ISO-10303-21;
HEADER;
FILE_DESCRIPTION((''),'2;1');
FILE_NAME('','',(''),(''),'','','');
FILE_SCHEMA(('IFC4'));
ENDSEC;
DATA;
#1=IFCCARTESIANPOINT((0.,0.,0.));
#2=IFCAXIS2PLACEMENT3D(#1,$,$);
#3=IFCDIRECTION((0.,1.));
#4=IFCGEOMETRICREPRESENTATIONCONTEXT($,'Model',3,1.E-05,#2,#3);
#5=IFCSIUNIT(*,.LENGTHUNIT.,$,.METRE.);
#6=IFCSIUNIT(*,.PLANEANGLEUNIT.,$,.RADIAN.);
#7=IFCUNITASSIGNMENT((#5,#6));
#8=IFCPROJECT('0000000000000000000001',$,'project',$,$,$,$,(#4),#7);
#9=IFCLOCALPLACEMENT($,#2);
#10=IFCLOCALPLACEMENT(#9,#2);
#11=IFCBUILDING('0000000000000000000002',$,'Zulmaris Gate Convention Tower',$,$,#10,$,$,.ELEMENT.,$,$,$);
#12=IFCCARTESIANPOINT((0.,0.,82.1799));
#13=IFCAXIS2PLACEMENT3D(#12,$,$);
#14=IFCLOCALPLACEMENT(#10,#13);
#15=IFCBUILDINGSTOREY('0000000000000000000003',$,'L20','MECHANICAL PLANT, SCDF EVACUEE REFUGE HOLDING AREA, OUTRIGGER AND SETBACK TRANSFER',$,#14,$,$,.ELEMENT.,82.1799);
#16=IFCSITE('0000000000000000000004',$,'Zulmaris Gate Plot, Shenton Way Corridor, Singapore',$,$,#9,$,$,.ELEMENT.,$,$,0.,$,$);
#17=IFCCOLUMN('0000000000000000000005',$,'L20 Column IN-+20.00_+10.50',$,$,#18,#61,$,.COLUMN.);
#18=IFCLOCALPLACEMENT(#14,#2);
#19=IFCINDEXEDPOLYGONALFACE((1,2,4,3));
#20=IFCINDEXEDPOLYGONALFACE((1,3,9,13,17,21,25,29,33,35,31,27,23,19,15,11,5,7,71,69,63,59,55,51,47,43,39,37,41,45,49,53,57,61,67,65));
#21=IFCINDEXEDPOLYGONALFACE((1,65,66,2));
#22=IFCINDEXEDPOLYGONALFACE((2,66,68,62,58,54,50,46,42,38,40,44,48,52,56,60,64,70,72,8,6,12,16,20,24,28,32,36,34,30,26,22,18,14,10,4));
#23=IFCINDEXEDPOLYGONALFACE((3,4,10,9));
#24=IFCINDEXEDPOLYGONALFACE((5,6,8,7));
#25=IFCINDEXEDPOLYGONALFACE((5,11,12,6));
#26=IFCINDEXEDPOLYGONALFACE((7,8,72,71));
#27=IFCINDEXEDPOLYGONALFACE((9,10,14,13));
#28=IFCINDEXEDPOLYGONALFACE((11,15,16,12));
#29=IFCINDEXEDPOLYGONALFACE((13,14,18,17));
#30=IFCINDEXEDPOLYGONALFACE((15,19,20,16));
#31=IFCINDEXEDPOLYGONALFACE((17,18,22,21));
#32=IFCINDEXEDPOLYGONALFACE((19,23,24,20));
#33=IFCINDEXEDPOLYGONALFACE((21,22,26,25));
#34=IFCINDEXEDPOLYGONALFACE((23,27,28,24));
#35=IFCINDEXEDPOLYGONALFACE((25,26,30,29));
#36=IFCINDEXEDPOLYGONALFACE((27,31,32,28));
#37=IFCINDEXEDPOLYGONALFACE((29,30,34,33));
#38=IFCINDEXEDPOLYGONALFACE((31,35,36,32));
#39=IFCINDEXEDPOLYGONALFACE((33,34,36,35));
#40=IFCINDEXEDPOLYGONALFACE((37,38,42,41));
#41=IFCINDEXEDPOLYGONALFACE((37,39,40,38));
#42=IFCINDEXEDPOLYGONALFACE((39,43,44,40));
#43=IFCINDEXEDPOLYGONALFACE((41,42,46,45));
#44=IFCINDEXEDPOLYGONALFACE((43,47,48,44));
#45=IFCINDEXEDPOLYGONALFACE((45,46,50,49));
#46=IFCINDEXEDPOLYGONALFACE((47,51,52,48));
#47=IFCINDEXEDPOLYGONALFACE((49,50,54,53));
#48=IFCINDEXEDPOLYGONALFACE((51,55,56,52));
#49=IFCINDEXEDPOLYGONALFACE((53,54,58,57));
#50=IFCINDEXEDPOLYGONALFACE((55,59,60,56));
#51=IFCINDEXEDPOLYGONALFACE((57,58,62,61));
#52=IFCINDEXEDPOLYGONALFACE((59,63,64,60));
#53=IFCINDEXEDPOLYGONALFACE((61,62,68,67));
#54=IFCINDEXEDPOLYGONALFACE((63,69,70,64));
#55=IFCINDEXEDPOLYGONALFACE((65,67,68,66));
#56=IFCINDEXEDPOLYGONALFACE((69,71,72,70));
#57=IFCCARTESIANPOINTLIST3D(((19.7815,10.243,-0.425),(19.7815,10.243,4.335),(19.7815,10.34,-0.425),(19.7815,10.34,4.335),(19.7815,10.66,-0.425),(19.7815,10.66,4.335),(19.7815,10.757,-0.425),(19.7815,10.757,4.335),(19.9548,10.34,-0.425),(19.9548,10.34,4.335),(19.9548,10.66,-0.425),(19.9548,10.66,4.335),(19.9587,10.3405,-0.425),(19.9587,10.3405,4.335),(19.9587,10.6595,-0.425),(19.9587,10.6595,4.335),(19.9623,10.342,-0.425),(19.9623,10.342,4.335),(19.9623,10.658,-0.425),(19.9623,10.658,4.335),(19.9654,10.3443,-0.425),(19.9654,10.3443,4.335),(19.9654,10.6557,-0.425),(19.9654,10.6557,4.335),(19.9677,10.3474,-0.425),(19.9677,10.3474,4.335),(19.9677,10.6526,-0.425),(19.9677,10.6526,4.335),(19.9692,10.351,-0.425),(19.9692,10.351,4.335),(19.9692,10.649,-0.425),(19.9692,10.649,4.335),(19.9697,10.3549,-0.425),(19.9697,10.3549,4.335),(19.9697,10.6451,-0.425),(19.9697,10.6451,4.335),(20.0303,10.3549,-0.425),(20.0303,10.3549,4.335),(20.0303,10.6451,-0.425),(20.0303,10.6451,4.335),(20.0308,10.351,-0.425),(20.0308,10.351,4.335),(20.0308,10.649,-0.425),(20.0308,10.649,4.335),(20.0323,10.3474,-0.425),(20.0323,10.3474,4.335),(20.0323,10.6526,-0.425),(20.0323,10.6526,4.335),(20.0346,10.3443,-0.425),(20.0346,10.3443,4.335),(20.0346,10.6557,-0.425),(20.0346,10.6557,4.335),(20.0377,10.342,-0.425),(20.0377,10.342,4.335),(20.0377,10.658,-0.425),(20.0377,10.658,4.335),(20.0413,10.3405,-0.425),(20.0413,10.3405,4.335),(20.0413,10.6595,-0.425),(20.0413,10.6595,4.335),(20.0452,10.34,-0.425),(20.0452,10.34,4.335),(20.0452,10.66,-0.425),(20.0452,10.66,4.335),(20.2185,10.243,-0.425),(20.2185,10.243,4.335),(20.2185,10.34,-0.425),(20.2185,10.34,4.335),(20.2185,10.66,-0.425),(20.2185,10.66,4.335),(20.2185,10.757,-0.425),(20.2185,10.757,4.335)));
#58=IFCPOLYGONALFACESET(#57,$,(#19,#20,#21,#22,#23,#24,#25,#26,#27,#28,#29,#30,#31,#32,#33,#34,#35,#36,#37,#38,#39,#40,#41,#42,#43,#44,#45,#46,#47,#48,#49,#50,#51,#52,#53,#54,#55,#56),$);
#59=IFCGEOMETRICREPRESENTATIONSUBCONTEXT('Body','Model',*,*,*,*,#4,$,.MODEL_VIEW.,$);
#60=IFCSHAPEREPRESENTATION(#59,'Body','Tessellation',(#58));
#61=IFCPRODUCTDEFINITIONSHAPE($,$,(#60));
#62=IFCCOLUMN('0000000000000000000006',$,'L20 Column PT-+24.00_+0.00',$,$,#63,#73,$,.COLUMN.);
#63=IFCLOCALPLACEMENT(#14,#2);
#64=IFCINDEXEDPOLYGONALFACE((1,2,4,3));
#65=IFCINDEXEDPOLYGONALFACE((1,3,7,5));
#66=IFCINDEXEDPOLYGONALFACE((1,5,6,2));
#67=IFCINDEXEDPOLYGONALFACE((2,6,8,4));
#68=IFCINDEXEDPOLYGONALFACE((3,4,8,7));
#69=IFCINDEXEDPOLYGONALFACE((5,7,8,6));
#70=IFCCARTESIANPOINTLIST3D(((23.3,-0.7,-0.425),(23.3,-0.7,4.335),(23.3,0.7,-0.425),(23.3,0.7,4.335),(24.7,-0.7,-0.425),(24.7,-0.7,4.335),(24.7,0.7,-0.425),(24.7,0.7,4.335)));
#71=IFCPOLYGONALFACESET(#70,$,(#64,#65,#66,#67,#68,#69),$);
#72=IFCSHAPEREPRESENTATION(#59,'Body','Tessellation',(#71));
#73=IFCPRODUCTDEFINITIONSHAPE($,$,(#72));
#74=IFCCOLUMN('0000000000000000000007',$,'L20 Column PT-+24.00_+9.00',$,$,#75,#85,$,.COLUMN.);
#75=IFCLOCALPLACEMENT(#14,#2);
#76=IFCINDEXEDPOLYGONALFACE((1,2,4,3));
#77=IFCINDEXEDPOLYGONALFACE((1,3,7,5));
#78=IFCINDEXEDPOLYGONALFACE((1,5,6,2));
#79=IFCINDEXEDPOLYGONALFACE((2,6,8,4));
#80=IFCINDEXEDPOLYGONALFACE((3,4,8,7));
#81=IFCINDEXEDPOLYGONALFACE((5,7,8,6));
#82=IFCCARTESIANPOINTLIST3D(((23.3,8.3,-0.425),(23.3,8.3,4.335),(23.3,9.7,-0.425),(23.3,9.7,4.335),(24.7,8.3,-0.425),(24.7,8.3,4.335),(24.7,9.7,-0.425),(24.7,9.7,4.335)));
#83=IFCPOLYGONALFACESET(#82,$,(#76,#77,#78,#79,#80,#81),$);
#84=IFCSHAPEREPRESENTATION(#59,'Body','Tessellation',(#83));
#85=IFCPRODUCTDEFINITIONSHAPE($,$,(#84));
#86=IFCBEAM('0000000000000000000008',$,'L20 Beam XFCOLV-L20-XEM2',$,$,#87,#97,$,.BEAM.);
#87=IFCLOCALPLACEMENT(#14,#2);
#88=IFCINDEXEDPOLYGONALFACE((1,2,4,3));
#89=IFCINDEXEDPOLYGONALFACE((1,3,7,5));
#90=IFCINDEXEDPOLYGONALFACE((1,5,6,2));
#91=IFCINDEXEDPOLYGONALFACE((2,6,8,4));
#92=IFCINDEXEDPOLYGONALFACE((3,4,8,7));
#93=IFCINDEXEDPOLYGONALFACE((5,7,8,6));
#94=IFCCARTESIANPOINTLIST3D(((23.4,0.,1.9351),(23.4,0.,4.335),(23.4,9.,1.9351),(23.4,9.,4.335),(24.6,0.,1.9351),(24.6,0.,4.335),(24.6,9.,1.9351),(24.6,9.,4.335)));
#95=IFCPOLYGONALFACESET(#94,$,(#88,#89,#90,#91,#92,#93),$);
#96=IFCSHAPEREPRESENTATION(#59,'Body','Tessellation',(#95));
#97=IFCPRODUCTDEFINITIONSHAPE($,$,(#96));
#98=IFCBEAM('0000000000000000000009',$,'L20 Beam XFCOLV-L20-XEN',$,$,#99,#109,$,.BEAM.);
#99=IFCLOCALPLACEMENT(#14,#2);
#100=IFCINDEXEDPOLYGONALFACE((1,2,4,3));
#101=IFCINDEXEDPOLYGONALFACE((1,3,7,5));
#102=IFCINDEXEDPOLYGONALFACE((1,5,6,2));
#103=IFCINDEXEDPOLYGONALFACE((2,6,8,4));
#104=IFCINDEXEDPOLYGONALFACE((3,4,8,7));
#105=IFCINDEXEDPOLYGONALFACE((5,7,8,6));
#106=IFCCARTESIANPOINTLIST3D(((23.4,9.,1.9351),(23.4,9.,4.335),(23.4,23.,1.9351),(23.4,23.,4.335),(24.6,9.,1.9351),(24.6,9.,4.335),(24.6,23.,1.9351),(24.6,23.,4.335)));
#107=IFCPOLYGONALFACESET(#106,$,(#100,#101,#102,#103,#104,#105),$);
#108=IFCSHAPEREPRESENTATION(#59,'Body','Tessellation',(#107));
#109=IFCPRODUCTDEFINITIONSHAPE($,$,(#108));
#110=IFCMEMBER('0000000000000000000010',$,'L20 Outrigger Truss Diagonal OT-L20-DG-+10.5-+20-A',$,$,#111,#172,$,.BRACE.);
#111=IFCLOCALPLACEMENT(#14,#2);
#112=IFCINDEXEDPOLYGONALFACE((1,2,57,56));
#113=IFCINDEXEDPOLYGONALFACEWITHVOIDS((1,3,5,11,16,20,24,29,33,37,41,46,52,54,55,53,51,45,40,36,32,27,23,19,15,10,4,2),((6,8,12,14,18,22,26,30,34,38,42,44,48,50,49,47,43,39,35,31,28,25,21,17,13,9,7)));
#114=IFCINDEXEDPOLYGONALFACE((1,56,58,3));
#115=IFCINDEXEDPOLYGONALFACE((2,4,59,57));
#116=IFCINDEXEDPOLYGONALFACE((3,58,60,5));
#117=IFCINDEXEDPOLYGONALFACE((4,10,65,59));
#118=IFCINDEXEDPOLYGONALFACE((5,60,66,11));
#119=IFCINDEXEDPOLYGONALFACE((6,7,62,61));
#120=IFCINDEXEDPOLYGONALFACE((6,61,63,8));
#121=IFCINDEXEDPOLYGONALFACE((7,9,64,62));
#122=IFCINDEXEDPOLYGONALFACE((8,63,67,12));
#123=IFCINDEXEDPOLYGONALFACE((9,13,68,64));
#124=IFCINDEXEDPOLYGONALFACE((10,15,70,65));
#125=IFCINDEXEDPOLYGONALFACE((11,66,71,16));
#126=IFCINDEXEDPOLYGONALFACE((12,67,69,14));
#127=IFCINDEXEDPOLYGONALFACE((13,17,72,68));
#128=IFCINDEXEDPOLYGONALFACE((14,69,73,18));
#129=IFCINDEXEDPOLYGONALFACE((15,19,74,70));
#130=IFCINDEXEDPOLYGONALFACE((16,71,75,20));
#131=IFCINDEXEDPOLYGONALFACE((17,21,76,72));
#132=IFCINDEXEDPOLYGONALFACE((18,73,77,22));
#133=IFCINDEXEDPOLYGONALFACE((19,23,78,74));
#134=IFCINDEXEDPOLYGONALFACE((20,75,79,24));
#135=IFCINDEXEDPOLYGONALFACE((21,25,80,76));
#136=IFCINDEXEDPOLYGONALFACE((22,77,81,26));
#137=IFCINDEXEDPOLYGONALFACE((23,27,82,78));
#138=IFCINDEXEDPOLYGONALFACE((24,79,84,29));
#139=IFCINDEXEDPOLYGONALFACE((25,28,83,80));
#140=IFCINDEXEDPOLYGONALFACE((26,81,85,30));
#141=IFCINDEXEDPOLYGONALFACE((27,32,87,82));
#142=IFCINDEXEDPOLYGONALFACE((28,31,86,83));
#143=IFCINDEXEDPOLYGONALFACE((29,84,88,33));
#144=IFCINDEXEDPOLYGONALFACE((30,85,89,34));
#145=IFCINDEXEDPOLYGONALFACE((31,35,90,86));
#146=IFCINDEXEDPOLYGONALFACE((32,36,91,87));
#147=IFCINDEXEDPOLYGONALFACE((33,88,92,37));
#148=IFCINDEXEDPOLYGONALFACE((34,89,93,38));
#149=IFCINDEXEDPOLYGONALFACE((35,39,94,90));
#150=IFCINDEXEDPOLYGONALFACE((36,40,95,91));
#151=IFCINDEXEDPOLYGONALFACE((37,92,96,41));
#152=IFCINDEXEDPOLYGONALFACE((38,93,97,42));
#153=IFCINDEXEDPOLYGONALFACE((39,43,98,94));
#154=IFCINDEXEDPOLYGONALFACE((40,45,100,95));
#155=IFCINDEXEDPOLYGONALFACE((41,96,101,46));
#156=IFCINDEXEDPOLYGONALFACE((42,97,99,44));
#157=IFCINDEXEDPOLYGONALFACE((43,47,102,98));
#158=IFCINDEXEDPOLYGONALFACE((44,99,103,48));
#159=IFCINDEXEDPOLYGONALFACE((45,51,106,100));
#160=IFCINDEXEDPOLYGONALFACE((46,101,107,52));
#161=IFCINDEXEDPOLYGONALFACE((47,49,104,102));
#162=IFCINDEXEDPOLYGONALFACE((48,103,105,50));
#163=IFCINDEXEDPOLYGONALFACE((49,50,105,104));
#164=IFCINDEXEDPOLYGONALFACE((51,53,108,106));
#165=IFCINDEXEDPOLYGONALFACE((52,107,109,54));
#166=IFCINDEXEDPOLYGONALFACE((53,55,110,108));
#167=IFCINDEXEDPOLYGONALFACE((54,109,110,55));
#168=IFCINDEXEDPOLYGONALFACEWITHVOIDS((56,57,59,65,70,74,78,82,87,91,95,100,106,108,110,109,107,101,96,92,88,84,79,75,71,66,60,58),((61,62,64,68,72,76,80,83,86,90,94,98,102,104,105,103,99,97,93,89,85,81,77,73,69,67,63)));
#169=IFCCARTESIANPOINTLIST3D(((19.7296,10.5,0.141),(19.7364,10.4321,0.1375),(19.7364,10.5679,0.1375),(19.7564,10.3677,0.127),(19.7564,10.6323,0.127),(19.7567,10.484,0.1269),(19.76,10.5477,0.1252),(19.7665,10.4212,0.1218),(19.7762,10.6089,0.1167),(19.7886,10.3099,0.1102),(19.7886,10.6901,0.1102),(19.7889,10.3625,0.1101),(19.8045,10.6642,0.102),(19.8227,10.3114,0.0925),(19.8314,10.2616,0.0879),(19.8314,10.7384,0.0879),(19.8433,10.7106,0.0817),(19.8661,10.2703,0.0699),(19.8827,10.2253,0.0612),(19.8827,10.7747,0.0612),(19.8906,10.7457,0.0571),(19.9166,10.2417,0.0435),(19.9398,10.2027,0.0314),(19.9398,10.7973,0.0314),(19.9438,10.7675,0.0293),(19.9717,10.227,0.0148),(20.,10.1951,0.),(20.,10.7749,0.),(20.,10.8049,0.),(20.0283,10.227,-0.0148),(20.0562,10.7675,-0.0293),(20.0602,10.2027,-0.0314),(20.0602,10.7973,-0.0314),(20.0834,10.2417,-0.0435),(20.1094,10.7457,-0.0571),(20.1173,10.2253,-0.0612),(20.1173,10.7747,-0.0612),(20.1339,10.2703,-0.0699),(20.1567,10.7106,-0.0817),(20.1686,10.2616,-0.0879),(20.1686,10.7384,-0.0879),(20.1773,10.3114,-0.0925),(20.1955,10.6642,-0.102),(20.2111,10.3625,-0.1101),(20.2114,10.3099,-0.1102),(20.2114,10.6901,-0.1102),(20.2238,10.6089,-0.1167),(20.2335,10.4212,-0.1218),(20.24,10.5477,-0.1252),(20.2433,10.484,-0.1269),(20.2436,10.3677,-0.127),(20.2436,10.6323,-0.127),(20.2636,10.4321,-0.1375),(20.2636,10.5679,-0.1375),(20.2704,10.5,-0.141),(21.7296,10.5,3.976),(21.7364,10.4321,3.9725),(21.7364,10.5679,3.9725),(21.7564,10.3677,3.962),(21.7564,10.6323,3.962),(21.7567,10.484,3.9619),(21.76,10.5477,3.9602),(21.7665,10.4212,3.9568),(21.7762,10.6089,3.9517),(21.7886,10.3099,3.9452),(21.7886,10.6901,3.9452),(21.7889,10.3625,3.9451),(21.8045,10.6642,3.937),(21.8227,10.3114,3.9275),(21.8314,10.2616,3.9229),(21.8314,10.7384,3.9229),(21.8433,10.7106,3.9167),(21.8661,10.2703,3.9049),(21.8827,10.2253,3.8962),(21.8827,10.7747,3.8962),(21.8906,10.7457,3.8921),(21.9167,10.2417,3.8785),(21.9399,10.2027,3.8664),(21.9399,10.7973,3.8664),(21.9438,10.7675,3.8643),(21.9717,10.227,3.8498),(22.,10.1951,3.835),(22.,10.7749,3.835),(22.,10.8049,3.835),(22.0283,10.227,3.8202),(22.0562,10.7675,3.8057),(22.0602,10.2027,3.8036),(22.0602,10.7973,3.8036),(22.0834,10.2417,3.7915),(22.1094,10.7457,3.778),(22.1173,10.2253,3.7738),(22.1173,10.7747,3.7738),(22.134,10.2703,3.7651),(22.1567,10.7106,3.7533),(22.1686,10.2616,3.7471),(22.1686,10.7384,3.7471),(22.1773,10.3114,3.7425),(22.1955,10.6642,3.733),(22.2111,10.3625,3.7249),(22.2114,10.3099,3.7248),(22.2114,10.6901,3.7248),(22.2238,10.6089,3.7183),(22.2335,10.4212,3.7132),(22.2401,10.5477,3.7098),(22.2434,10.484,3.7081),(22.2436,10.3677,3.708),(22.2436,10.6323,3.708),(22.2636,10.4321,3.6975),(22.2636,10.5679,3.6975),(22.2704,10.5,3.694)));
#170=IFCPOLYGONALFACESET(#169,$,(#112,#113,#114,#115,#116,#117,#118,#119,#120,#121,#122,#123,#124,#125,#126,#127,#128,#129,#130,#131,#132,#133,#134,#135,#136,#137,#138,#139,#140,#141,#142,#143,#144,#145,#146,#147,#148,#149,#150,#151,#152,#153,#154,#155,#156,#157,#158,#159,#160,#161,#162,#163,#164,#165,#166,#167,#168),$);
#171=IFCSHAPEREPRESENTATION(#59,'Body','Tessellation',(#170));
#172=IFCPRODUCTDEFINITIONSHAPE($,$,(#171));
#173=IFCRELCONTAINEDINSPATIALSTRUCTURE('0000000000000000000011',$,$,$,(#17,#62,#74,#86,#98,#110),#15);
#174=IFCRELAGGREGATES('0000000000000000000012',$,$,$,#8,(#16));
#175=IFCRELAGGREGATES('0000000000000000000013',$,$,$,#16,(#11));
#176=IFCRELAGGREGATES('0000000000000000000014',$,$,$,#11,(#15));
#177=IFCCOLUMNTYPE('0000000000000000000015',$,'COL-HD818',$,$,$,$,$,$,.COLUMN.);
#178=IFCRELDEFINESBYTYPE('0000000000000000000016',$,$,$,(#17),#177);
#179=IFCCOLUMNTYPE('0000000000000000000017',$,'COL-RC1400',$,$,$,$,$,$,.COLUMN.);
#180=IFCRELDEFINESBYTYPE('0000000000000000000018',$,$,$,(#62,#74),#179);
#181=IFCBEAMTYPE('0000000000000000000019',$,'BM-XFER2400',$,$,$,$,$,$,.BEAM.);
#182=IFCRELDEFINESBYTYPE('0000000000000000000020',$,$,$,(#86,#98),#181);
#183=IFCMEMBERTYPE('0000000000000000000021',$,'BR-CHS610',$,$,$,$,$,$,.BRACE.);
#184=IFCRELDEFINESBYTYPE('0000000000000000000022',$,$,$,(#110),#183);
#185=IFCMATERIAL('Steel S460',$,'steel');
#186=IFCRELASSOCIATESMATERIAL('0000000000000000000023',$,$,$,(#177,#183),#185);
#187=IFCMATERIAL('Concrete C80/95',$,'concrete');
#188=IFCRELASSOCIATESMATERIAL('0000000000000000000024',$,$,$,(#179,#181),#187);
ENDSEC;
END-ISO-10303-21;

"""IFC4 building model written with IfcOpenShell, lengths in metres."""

from ifc_helpers import new_model, si_unit, direction, frame, origin, origin_2d, place, context, subcontext, project, spatial, rectangle, hollow_circle, i_section, extrude, material, material_profile, profile_set, type_object, element, save


model = new_model("IFC4")

# Units and contexts
model_context = context("Model", 3, precision=1e-05, world=origin(), true_north=direction((0.0, 1.0)))
body_context = subcontext(model_context, "Body", "Model", "MODEL_VIEW")
ifc_project = project(units=[si_unit("LENGTHUNIT", "METRE"), si_unit("PLANEANGLEUNIT", "RADIAN")], contexts=[model_context])

# Site, building, storey
site_placement = place(None, origin())
site = spatial("IfcSite", under=ifc_project, at=site_placement, Name="Zulmaris Gate Plot, Shenton Way Corridor, Singapore", CompositionType="ELEMENT", RefElevation=0.0)
building_placement = place(site_placement, origin())
building = spatial("IfcBuilding", under=site, at=building_placement, Name="Zulmaris Gate Convention Tower", CompositionType="ELEMENT")
storey_placement = place(building_placement, frame((0.0, 0.0, 82.1799)))
storey = spatial("IfcBuildingStorey", under=building, at=storey_placement, Name="L20", Description="MECHANICAL PLANT, SCDF EVACUEE REFUGE HOLDING AREA, OUTRIGGER AND SETBACK TRANSFER", CompositionType="ELEMENT", Elevation=82.1799)

# Columns
ifc_material_1 = material(Name="Steel S460", Category="steel")
ifc_material_profile_1 = material_profile(ifc_material_1, i_section(OverallWidth=0.437, OverallDepth=0.5139, WebThickness=0.0605, FlangeThickness=0.0969, FilletRadius=0.0149, at=origin_2d()), Name="HD 400x818")
ifc_profile_set_1 = profile_set([ifc_material_profile_1], Name="Steel S460")
column_type_1 = type_object("IfcColumnType", Name="COL-HD818", PredefinedType="COLUMN", material=ifc_profile_set_1)
column_placement = place(storey_placement, frame((20.0, 10.5, -0.425), z_axis=(0.0, 0.0, 1.0), x_axis=(1.0, 0.0, 0.0)))
element("IfcColumn", 1, at=column_placement, inside=storey, type_object=column_type_1, Name="L20 Column IN-+20.00_+10.50", PredefinedType="COLUMN", context=body_context, shape_type="SweptSolid", body=[
    extrude(i_section(OverallWidth=0.437, OverallDepth=0.5139, WebThickness=0.0605, FlangeThickness=0.0969, FilletRadius=0.0149, at=origin_2d()), origin(), (0.0, 0.0, 1.0), 4.76),
])
ifc_material_2 = material(Name="Concrete C80/95", Category="concrete")
ifc_material_profile_2 = material_profile(ifc_material_2, rectangle(XDim=1.3999, YDim=1.3999, at=origin_2d()), Name="RC COL 1400x1400")
ifc_profile_set_2 = profile_set([ifc_material_profile_2], Name="Concrete C80/95")
column_type_2 = type_object("IfcColumnType", Name="COL-RC1400", PredefinedType="COLUMN", material=ifc_profile_set_2)
for number, where, z_axis, x_axis, name in (
    (2, (24.0, 0.0, -0.425), (0.0, 0.0, 1.0), (1.0, 0.0, 0.0), "L20 Column PT-+24.00_+0.00"),
    (3, (24.0, 9.0, -0.425), (0.0, 0.0, 1.0), (1.0, 0.0, 0.0), "L20 Column PT-+24.00_+9.00"),
):
    element("IfcColumn", number, at=place(storey_placement, frame(where, z_axis=z_axis, x_axis=x_axis)), inside=storey, type_object=column_type_2, Name=name, PredefinedType="COLUMN", context=body_context, shape_type="SweptSolid", body=[
        extrude(rectangle(XDim=1.3999, YDim=1.3999, at=origin_2d()), origin(), (0.0, 0.0, 1.0), 4.76),
    ])

# Beams
ifc_material_profile_3 = material_profile(ifc_material_2, rectangle(XDim=1.2, YDim=2.3999, at=origin_2d()), Name="RC TRANSFER 1200x2400")
ifc_profile_set_3 = profile_set([ifc_material_profile_3], Name="Concrete C80/95")
beam_type = type_object("IfcBeamType", Name="BM-XFER2400", PredefinedType="BEAM", material=ifc_profile_set_3)
beam_1_placement = place(storey_placement, frame((24.0, 0.0, 3.135), z_axis=(0.0, 1.0, 0.0), x_axis=(-1.0, 0.0, 0.0)))
element("IfcBeam", 4, at=beam_1_placement, inside=storey, type_object=beam_type, Name="L20 Beam XFCOLV-L20-XEM2", PredefinedType="BEAM", context=body_context, shape_type="SweptSolid", body=[
    extrude(rectangle(XDim=1.2, YDim=2.3999, at=origin_2d()), origin(), (0.0, 0.0, 1.0), 9.0),
])
beam_2_placement = place(storey_placement, frame((24.0, 9.0, 3.135), z_axis=(0.0, 1.0, 0.0), x_axis=(-1.0, 0.0, 0.0)))
element("IfcBeam", 5, at=beam_2_placement, inside=storey, type_object=beam_type, Name="L20 Beam XFCOLV-L20-XEN", PredefinedType="BEAM", context=body_context, shape_type="SweptSolid", body=[
    extrude(rectangle(XDim=1.2, YDim=2.3999, at=origin_2d()), origin(), (0.0, 0.0, 1.0), 14.0),
])

# Member
ifc_material_profile_4 = material_profile(ifc_material_1, hollow_circle(Radius=0.3049, WallThickness=0.03, at=origin_2d()), Name="CHS 610x30")
ifc_profile_set_4 = profile_set([ifc_material_profile_4], Name="Steel S460")
member_type_1 = type_object("IfcMemberType", Name="BR-CHS610", PredefinedType="BRACE", material=ifc_profile_set_4)
member_1_placement = place(storey_placement, frame((20.0, 10.5, 0.0), z_axis=(0.462412, 0.0, 0.886665), x_axis=(0.0, 1.0, 0.0)))
element("IfcMember", 6, at=member_1_placement, inside=storey, type_object=member_type_1, Name="L20 Outrigger Truss Diagonal OT-L20-DG-+10.5-+20-A", PredefinedType="BRACE", context=body_context, shape_type="SweptSolid", body=[
    extrude(hollow_circle(Radius=0.3049, WallThickness=0.03, at=origin_2d()), origin(), (0.0, 0.0, 1.0), 4.3252),
])

save(model, "model.ifc")
